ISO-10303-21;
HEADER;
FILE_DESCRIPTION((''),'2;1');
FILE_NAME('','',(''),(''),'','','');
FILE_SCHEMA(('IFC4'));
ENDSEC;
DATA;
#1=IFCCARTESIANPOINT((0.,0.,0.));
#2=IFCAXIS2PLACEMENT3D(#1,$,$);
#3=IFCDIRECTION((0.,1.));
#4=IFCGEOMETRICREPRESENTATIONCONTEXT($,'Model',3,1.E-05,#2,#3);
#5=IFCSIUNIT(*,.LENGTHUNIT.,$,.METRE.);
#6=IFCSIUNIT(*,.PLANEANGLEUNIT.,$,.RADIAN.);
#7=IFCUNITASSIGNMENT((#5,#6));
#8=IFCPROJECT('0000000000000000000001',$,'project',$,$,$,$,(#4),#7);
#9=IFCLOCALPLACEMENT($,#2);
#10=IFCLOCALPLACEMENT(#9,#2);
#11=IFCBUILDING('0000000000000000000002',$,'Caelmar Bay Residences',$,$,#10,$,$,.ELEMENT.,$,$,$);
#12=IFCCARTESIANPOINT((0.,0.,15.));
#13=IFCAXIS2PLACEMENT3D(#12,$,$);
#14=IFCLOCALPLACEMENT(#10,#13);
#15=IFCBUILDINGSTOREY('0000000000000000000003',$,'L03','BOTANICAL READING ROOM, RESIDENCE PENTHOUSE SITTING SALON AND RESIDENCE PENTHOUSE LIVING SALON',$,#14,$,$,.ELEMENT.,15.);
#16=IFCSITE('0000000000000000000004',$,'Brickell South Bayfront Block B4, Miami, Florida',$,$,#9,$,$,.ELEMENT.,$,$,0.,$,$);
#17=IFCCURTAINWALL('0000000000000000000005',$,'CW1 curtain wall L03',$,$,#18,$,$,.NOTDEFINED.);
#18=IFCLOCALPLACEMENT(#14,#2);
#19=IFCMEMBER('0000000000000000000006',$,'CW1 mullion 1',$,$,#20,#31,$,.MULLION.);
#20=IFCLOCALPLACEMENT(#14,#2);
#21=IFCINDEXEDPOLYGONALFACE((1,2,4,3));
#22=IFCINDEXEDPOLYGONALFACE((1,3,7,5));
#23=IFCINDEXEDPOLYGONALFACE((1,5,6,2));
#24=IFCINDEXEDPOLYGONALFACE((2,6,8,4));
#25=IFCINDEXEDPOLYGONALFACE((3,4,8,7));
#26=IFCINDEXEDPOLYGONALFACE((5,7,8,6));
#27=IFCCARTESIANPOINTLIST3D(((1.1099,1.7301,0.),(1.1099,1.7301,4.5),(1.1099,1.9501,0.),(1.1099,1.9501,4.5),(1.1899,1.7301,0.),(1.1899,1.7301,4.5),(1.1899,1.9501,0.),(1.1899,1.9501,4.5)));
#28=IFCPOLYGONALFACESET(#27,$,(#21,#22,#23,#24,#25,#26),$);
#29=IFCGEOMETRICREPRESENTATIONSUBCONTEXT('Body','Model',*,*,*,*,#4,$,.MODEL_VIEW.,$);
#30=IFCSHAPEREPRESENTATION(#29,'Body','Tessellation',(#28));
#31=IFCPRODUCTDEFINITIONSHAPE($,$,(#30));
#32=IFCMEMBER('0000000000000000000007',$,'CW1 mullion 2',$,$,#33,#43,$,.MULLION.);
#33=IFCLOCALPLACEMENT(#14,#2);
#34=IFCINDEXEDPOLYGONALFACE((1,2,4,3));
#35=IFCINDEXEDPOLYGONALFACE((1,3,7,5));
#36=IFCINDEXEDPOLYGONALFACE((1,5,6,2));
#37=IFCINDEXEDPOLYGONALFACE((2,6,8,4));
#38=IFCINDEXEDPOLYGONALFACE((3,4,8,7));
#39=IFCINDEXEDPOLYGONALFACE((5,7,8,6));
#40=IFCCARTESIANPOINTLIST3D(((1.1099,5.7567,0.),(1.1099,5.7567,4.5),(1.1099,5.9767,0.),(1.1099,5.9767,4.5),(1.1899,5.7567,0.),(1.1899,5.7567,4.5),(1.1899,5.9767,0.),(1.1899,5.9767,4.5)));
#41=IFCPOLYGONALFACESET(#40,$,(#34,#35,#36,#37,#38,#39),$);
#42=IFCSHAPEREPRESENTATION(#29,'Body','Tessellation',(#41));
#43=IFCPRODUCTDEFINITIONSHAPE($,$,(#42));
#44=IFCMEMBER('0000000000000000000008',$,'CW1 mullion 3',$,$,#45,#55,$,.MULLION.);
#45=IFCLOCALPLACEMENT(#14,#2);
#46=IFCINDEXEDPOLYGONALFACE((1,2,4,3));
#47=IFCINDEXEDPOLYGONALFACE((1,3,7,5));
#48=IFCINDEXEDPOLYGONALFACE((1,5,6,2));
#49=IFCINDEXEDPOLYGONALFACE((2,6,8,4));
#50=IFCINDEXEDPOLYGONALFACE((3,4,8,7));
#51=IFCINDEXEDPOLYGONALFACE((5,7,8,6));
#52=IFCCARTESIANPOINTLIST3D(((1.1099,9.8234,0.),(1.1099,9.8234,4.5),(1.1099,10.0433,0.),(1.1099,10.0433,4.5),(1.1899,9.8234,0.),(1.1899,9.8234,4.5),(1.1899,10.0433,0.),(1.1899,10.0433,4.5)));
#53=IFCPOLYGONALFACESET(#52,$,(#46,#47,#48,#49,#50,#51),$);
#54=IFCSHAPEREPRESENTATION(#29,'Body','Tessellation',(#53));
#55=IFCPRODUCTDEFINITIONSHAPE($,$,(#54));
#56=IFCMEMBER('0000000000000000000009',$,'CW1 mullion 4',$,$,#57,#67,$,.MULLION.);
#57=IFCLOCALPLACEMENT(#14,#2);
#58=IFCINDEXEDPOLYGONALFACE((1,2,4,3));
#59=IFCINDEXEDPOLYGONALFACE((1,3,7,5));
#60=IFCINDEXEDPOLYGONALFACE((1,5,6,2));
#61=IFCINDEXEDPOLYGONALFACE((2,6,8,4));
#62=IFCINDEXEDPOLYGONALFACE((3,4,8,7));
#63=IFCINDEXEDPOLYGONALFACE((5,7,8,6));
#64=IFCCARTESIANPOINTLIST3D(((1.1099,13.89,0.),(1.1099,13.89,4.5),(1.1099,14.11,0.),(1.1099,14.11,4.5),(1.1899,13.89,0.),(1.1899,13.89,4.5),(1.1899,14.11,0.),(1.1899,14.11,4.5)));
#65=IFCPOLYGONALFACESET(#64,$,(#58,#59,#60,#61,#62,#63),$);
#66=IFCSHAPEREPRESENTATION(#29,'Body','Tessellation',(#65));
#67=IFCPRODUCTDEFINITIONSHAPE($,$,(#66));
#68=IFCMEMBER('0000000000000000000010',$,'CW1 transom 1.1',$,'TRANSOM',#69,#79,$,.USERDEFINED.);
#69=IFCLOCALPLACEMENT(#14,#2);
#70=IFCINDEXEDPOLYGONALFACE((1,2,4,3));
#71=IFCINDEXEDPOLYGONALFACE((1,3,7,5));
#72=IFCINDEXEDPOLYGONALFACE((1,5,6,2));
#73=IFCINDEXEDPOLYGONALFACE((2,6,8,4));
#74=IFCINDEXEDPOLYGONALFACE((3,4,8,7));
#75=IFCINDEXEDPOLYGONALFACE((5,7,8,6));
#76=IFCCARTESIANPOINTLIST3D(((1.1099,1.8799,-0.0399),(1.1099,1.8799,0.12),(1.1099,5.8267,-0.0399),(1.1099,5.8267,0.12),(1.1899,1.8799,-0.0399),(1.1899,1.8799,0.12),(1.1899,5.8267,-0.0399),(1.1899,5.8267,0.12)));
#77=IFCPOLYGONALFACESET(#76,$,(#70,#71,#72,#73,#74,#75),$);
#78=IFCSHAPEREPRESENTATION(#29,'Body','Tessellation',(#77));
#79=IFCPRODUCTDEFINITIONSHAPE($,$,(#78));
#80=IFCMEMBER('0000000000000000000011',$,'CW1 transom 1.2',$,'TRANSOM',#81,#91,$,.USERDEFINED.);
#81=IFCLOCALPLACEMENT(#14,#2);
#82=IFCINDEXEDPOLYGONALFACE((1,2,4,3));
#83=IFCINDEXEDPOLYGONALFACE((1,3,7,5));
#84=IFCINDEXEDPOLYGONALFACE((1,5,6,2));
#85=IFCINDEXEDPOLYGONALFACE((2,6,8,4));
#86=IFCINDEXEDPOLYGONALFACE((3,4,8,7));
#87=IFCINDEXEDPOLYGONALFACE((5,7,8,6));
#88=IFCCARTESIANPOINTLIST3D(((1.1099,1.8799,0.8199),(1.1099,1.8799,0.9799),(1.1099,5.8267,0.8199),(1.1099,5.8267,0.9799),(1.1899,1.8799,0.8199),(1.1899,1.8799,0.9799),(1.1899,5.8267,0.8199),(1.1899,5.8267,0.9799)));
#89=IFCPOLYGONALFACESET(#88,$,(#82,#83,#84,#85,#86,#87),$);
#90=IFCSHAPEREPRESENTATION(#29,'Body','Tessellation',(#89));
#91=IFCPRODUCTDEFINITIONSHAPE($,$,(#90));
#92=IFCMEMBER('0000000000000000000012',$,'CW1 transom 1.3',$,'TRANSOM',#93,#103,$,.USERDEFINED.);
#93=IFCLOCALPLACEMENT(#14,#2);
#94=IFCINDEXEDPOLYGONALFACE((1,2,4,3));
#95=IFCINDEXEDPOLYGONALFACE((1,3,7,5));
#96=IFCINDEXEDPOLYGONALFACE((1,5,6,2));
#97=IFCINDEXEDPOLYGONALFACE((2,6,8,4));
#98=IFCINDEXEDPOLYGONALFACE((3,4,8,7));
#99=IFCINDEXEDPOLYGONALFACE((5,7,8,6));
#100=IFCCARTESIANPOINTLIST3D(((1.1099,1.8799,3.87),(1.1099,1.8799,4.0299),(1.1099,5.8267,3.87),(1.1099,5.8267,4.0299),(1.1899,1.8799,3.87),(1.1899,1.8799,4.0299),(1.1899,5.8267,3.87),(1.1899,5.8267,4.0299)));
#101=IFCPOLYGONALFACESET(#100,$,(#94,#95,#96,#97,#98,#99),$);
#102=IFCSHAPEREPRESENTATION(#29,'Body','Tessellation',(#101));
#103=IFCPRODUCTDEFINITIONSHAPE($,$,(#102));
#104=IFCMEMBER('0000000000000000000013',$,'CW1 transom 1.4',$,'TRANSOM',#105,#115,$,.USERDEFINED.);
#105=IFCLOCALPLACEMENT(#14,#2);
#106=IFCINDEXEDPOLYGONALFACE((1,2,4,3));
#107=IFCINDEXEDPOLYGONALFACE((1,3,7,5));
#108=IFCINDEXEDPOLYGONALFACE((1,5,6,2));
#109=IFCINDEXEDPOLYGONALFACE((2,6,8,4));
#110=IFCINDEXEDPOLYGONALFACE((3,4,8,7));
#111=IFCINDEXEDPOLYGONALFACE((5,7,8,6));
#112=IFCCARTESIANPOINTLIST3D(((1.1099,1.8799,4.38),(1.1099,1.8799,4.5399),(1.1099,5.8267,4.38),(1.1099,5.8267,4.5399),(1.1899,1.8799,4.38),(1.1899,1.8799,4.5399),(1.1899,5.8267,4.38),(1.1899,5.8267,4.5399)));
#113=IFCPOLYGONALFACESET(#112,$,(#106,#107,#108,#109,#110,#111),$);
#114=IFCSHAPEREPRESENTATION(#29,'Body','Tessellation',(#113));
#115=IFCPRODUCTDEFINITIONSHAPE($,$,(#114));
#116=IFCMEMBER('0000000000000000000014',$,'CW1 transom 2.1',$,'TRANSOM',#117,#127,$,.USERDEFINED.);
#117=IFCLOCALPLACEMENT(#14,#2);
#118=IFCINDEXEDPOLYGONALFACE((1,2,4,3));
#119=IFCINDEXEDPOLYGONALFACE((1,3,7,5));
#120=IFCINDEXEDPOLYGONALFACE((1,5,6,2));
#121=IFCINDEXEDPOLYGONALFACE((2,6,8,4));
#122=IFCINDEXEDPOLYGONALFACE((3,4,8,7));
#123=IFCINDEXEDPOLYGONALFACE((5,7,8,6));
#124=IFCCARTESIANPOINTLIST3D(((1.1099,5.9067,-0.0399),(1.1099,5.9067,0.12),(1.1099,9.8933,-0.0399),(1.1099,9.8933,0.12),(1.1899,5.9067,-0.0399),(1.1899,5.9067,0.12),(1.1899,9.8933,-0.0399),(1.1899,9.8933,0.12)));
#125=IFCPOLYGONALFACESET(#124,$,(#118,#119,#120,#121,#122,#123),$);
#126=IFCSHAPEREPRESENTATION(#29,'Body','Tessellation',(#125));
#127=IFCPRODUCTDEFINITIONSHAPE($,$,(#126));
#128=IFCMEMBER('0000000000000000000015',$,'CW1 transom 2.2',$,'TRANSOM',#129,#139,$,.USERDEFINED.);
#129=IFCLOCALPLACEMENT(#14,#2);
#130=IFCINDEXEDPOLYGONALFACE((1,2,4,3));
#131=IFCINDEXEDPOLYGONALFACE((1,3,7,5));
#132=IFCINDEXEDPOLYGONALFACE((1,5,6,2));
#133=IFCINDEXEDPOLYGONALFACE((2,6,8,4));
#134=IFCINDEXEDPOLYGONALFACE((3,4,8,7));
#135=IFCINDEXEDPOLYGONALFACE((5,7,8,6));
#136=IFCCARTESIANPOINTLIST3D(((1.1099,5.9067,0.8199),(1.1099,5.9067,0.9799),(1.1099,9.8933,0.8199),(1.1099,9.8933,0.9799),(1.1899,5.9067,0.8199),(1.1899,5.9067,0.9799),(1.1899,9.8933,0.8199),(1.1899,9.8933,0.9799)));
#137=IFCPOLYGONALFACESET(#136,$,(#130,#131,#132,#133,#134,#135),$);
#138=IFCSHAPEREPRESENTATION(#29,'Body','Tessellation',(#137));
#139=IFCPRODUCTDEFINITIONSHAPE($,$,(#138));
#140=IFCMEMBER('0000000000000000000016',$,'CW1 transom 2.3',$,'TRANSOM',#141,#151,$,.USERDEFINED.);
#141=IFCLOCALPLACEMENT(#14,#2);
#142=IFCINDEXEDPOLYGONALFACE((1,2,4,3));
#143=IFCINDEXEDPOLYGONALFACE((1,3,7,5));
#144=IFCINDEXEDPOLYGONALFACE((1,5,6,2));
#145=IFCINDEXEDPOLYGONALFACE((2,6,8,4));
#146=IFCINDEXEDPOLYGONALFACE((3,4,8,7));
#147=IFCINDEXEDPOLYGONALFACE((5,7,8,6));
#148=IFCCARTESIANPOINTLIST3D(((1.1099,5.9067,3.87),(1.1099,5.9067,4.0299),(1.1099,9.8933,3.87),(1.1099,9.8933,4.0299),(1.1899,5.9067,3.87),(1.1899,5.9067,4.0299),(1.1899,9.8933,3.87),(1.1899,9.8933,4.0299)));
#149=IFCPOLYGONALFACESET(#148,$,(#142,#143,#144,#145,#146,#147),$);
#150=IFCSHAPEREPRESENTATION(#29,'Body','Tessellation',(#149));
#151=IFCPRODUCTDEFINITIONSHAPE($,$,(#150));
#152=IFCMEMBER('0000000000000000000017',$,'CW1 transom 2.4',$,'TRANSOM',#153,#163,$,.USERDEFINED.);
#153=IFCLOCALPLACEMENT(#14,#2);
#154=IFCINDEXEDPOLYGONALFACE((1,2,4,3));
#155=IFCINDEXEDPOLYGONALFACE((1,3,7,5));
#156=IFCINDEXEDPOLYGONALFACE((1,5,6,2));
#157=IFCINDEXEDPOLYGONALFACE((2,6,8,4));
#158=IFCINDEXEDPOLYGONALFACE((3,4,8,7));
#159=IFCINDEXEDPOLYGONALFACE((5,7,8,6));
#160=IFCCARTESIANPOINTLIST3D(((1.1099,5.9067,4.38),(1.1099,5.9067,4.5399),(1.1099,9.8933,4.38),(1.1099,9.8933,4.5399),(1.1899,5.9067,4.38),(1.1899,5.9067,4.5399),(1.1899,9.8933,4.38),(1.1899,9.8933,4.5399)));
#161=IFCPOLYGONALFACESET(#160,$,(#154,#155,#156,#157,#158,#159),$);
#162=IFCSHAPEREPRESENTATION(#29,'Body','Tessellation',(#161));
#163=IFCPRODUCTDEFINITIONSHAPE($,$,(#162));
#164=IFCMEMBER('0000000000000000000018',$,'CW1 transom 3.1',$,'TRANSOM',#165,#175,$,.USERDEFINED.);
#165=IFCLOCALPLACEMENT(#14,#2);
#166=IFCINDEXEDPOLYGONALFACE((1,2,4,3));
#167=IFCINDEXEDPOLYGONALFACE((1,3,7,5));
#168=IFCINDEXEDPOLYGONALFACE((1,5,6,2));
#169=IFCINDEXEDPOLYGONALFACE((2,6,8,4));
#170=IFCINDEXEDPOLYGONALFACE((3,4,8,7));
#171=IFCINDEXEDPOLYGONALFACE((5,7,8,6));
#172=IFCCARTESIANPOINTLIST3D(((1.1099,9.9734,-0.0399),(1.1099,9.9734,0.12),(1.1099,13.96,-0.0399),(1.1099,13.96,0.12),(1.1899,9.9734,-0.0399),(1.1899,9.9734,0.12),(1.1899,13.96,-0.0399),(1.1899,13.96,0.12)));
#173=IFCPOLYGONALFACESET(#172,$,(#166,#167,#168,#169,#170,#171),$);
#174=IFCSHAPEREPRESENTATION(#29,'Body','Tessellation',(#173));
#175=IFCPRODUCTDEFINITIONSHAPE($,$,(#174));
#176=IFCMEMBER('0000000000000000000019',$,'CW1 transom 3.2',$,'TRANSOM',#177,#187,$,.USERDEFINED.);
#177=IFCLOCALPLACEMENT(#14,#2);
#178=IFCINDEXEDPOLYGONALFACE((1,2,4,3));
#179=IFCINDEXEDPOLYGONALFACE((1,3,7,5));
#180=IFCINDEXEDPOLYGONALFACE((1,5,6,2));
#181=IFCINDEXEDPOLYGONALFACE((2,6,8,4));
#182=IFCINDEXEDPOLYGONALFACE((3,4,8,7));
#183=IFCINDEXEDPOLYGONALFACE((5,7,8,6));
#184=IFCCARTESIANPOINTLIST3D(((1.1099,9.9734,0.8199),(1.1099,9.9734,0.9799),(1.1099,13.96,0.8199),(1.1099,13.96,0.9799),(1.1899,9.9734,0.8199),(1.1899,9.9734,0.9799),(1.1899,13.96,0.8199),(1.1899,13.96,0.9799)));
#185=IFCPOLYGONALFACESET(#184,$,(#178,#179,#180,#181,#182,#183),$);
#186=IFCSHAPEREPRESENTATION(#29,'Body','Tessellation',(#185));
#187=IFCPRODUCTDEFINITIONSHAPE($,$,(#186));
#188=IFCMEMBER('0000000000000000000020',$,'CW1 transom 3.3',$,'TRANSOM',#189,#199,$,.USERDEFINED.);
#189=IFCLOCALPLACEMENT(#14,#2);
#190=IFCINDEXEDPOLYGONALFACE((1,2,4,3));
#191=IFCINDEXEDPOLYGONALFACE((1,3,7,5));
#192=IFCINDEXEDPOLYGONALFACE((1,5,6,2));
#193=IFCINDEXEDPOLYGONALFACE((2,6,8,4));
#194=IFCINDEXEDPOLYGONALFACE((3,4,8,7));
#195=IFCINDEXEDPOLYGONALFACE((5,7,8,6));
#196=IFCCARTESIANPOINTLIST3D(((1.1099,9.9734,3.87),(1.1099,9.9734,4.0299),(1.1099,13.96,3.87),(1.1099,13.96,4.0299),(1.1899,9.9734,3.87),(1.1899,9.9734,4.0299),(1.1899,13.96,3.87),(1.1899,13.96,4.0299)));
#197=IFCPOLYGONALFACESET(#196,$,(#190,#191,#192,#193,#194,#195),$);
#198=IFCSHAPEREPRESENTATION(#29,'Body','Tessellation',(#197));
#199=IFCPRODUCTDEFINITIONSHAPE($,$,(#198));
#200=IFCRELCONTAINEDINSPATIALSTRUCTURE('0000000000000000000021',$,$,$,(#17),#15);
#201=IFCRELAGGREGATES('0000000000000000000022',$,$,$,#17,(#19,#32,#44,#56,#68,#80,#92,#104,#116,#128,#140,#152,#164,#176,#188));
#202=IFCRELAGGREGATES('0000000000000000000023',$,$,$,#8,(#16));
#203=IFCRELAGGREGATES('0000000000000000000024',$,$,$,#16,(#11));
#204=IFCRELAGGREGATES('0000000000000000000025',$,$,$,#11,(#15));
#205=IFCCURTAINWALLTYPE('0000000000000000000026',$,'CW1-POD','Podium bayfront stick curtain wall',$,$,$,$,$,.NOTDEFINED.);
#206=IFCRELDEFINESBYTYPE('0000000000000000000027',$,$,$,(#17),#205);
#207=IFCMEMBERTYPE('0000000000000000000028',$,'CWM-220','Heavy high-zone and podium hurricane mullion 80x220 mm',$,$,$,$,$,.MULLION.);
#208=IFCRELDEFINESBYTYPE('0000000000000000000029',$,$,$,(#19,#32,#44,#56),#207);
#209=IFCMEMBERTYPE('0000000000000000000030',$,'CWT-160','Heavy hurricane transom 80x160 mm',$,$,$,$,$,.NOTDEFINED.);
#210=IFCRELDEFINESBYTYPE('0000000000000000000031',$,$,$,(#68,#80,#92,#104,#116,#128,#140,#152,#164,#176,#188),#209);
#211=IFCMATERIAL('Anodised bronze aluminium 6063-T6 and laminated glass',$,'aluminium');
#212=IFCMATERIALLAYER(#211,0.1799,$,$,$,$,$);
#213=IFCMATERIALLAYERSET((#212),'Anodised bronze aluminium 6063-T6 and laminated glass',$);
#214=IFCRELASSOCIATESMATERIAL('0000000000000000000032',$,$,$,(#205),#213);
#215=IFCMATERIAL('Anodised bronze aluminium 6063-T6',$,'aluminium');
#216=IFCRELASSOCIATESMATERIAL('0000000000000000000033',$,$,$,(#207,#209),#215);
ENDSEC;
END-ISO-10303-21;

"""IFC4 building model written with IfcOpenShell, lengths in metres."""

from ifc_helpers import new_model, si_unit, direction, frame, origin, origin_2d, place, context, subcontext, project, spatial, rectangle, extrude, material, layer, layer_set, material_profile, profile_set, type_object, element, aggregate, save


model = new_model("IFC4")

# Units and contexts
model_context = context("Model", 3, precision=1e-05, world=origin(), true_north=direction((0.0, 1.0)))
body_context = subcontext(model_context, "Body", "Model", "MODEL_VIEW")
ifc_project = project(units=[si_unit("LENGTHUNIT", "METRE"), si_unit("PLANEANGLEUNIT", "RADIAN")], contexts=[model_context])

# Site, building, storey
site_placement = place(None, origin())
site = spatial("IfcSite", under=ifc_project, at=site_placement, Name="Brickell South Bayfront Block B4, Miami, Florida", CompositionType="ELEMENT", RefElevation=0.0)
building_placement = place(site_placement, origin())
building = spatial("IfcBuilding", under=site, at=building_placement, Name="Caelmar Bay Residences", CompositionType="ELEMENT")
storey_placement = place(building_placement, frame((0.0, 0.0, 15.0)))
storey = spatial("IfcBuildingStorey", under=building, at=storey_placement, Name="L03", Description="BOTANICAL READING ROOM, RESIDENCE PENTHOUSE SITTING SALON AND RESIDENCE PENTHOUSE LIVING SALON", CompositionType="ELEMENT", Elevation=15.0)

# Curtain wall, members
ifc_material_1 = material(Name="Anodised bronze aluminium 6063-T6 and laminated glass", Category="aluminium")
ifc_layer_1 = layer(ifc_material_1, 0.1799)
ifc_layer_set_1 = layer_set([ifc_layer_1], Name="Anodised bronze aluminium 6063-T6 and laminated glass")
curtain_wall_type = type_object("IfcCurtainWallType", Name="CW1-POD", Description="Podium bayfront stick curtain wall", PredefinedType="NOTDEFINED", material=ifc_layer_set_1)
curtain_wall_placement = place(storey_placement, origin())
curtain_wall = element("IfcCurtainWall", 1, at=curtain_wall_placement, inside=storey, type_object=curtain_wall_type, Name="CW1 curtain wall L03", PredefinedType="NOTDEFINED")
ifc_material_2 = material(Name="Anodised bronze aluminium 6063-T6", Category="aluminium")
ifc_material_profile_1 = material_profile(ifc_material_2, rectangle(XDim=0.0801, YDim=0.22, at=origin_2d()), Name="CWM-80X220")
ifc_profile_set_1 = profile_set([ifc_material_profile_1], Name="Anodised bronze aluminium 6063-T6")
member_type_1 = type_object("IfcMemberType", Name="CWM-220", Description="Heavy high-zone and podium hurricane mullion 80x220 mm", PredefinedType="MULLION", material=ifc_profile_set_1)
member_1_placement = place(storey_placement, frame((1.1499, 1.8401, 0.0), z_axis=(0.0, 0.0, 1.0), x_axis=(-1.0, 0.0, 0.0)))
member_1 = element("IfcMember", 2, at=member_1_placement, type_object=member_type_1, Name="CW1 mullion 1", PredefinedType="MULLION", context=body_context, shape_type="SweptSolid", body=[
    extrude(rectangle(XDim=0.0801, YDim=0.22, at=origin_2d()), origin(), (0.0, 0.0, 1.0), 4.5),
])
member_2_placement = place(storey_placement, frame((1.1499, 5.8667, 0.0), z_axis=(0.0, 0.0, 1.0), x_axis=(-1.0, 0.0, 0.0)))
member_2 = element("IfcMember", 3, at=member_2_placement, type_object=member_type_1, Name="CW1 mullion 2", PredefinedType="MULLION", context=body_context, shape_type="SweptSolid", body=[
    extrude(rectangle(XDim=0.0801, YDim=0.22, at=origin_2d()), origin(), (0.0, 0.0, 1.0), 4.5),
])
member_3_placement = place(storey_placement, frame((1.1499, 9.9333, 0.0), z_axis=(0.0, 0.0, 1.0), x_axis=(-1.0, 0.0, 0.0)))
member_3 = element("IfcMember", 4, at=member_3_placement, type_object=member_type_1, Name="CW1 mullion 3", PredefinedType="MULLION", context=body_context, shape_type="SweptSolid", body=[
    extrude(rectangle(XDim=0.0801, YDim=0.22, at=origin_2d()), origin(), (0.0, 0.0, 1.0), 4.5),
])
member_4_placement = place(storey_placement, frame((1.1499, 14.0, 0.0), z_axis=(0.0, 0.0, 1.0), x_axis=(-1.0, 0.0, 0.0)))
member_4 = element("IfcMember", 5, at=member_4_placement, type_object=member_type_1, Name="CW1 mullion 4", PredefinedType="MULLION", context=body_context, shape_type="SweptSolid", body=[
    extrude(rectangle(XDim=0.0801, YDim=0.22, at=origin_2d()), origin(), (0.0, 0.0, 1.0), 4.5),
])
ifc_material_profile_2 = material_profile(ifc_material_2, rectangle(XDim=0.0801, YDim=0.1599, at=origin_2d()), Name="CWT-80X160")
ifc_profile_set_2 = profile_set([ifc_material_profile_2], Name="Anodised bronze aluminium 6063-T6")
member_type_2 = type_object("IfcMemberType", Name="CWT-160", Description="Heavy hurricane transom 80x160 mm", PredefinedType="NOTDEFINED", material=ifc_profile_set_2)
member_5_placement = place(storey_placement, frame((1.1499, 1.8799, 0.04), z_axis=(0.0, 1.0, 0.0), x_axis=(-1.0, 0.0, 0.0)))
member_5 = element("IfcMember", 6, at=member_5_placement, type_object=member_type_2, Name="CW1 transom 1.1", ObjectType="TRANSOM", PredefinedType="USERDEFINED", context=body_context, shape_type="SweptSolid", body=[
    extrude(rectangle(XDim=0.0801, YDim=0.1599, at=origin_2d()), origin(), (0.0, 0.0, 1.0), 3.9468),
])
member_6_placement = place(storey_placement, frame((1.1499, 1.8799, 0.8999), z_axis=(0.0, 1.0, 0.0), x_axis=(-1.0, 0.0, 0.0)))
member_6 = element("IfcMember", 7, at=member_6_placement, type_object=member_type_2, Name="CW1 transom 1.2", ObjectType="TRANSOM", PredefinedType="USERDEFINED", context=body_context, shape_type="SweptSolid", body=[
    extrude(rectangle(XDim=0.0801, YDim=0.1599, at=origin_2d()), origin(), (0.0, 0.0, 1.0), 3.9468),
])
member_7_placement = place(storey_placement, frame((1.1499, 1.8799, 3.95), z_axis=(0.0, 1.0, 0.0), x_axis=(-1.0, 0.0, 0.0)))
member_7 = element("IfcMember", 8, at=member_7_placement, type_object=member_type_2, Name="CW1 transom 1.3", ObjectType="TRANSOM", PredefinedType="USERDEFINED", context=body_context, shape_type="SweptSolid", body=[
    extrude(rectangle(XDim=0.0801, YDim=0.1599, at=origin_2d()), origin(), (0.0, 0.0, 1.0), 3.9468),
])
member_8_placement = place(storey_placement, frame((1.1499, 1.8799, 4.46), z_axis=(0.0, 1.0, 0.0), x_axis=(-1.0, 0.0, 0.0)))
member_8 = element("IfcMember", 9, at=member_8_placement, type_object=member_type_2, Name="CW1 transom 1.4", ObjectType="TRANSOM", PredefinedType="USERDEFINED", context=body_context, shape_type="SweptSolid", body=[
    extrude(rectangle(XDim=0.0801, YDim=0.1599, at=origin_2d()), origin(), (0.0, 0.0, 1.0), 3.9468),
])
member_9_placement = place(storey_placement, frame((1.1499, 5.9067, 0.04), z_axis=(0.0, 1.0, 0.0), x_axis=(-1.0, 0.0, 0.0)))
member_9 = element("IfcMember", 10, at=member_9_placement, type_object=member_type_2, Name="CW1 transom 2.1", ObjectType="TRANSOM", PredefinedType="USERDEFINED", context=body_context, shape_type="SweptSolid", body=[
    extrude(rectangle(XDim=0.0801, YDim=0.1599, at=origin_2d()), origin(), (0.0, 0.0, 1.0), 3.9866),
])
member_10_placement = place(storey_placement, frame((1.1499, 5.9067, 0.8999), z_axis=(0.0, 1.0, 0.0), x_axis=(-1.0, 0.0, 0.0)))
member_10 = element("IfcMember", 11, at=member_10_placement, type_object=member_type_2, Name="CW1 transom 2.2", ObjectType="TRANSOM", PredefinedType="USERDEFINED", context=body_context, shape_type="SweptSolid", body=[
    extrude(rectangle(XDim=0.0801, YDim=0.1599, at=origin_2d()), origin(), (0.0, 0.0, 1.0), 3.9866),
])
member_11_placement = place(storey_placement, frame((1.1499, 5.9067, 3.95), z_axis=(0.0, 1.0, 0.0), x_axis=(-1.0, 0.0, 0.0)))
member_11 = element("IfcMember", 12, at=member_11_placement, type_object=member_type_2, Name="CW1 transom 2.3", ObjectType="TRANSOM", PredefinedType="USERDEFINED", context=body_context, shape_type="SweptSolid", body=[
    extrude(rectangle(XDim=0.0801, YDim=0.1599, at=origin_2d()), origin(), (0.0, 0.0, 1.0), 3.9866),
])
member_12_placement = place(storey_placement, frame((1.1499, 5.9067, 4.46), z_axis=(0.0, 1.0, 0.0), x_axis=(-1.0, 0.0, 0.0)))
member_12 = element("IfcMember", 13, at=member_12_placement, type_object=member_type_2, Name="CW1 transom 2.4", ObjectType="TRANSOM", PredefinedType="USERDEFINED", context=body_context, shape_type="SweptSolid", body=[
    extrude(rectangle(XDim=0.0801, YDim=0.1599, at=origin_2d()), origin(), (0.0, 0.0, 1.0), 3.9866),
])
member_13_placement = place(storey_placement, frame((1.1499, 9.9734, 0.04), z_axis=(0.0, 1.0, 0.0), x_axis=(-1.0, 0.0, 0.0)))
member_13 = element("IfcMember", 14, at=member_13_placement, type_object=member_type_2, Name="CW1 transom 3.1", ObjectType="TRANSOM", PredefinedType="USERDEFINED", context=body_context, shape_type="SweptSolid", body=[
    extrude(rectangle(XDim=0.0801, YDim=0.1599, at=origin_2d()), origin(), (0.0, 0.0, 1.0), 3.9866),
])
member_14_placement = place(storey_placement, frame((1.1499, 9.9734, 0.8999), z_axis=(0.0, 1.0, 0.0), x_axis=(-1.0, 0.0, 0.0)))
member_14 = element("IfcMember", 15, at=member_14_placement, type_object=member_type_2, Name="CW1 transom 3.2", ObjectType="TRANSOM", PredefinedType="USERDEFINED", context=body_context, shape_type="SweptSolid", body=[
    extrude(rectangle(XDim=0.0801, YDim=0.1599, at=origin_2d()), origin(), (0.0, 0.0, 1.0), 3.9866),
])
member_15_placement = place(storey_placement, frame((1.1499, 9.9734, 3.95), z_axis=(0.0, 1.0, 0.0), x_axis=(-1.0, 0.0, 0.0)))
member_15 = element("IfcMember", 16, at=member_15_placement, type_object=member_type_2, Name="CW1 transom 3.3", ObjectType="TRANSOM", PredefinedType="USERDEFINED", context=body_context, shape_type="SweptSolid", body=[
    extrude(rectangle(XDim=0.0801, YDim=0.1599, at=origin_2d()), origin(), (0.0, 0.0, 1.0), 3.9866),
])
aggregate(curtain_wall, [member_1, member_2, member_3, member_4, member_5, member_6, member_7, member_8, member_9, member_10, member_11, member_12, member_13, member_14, member_15])

save(model, "model.ifc")
